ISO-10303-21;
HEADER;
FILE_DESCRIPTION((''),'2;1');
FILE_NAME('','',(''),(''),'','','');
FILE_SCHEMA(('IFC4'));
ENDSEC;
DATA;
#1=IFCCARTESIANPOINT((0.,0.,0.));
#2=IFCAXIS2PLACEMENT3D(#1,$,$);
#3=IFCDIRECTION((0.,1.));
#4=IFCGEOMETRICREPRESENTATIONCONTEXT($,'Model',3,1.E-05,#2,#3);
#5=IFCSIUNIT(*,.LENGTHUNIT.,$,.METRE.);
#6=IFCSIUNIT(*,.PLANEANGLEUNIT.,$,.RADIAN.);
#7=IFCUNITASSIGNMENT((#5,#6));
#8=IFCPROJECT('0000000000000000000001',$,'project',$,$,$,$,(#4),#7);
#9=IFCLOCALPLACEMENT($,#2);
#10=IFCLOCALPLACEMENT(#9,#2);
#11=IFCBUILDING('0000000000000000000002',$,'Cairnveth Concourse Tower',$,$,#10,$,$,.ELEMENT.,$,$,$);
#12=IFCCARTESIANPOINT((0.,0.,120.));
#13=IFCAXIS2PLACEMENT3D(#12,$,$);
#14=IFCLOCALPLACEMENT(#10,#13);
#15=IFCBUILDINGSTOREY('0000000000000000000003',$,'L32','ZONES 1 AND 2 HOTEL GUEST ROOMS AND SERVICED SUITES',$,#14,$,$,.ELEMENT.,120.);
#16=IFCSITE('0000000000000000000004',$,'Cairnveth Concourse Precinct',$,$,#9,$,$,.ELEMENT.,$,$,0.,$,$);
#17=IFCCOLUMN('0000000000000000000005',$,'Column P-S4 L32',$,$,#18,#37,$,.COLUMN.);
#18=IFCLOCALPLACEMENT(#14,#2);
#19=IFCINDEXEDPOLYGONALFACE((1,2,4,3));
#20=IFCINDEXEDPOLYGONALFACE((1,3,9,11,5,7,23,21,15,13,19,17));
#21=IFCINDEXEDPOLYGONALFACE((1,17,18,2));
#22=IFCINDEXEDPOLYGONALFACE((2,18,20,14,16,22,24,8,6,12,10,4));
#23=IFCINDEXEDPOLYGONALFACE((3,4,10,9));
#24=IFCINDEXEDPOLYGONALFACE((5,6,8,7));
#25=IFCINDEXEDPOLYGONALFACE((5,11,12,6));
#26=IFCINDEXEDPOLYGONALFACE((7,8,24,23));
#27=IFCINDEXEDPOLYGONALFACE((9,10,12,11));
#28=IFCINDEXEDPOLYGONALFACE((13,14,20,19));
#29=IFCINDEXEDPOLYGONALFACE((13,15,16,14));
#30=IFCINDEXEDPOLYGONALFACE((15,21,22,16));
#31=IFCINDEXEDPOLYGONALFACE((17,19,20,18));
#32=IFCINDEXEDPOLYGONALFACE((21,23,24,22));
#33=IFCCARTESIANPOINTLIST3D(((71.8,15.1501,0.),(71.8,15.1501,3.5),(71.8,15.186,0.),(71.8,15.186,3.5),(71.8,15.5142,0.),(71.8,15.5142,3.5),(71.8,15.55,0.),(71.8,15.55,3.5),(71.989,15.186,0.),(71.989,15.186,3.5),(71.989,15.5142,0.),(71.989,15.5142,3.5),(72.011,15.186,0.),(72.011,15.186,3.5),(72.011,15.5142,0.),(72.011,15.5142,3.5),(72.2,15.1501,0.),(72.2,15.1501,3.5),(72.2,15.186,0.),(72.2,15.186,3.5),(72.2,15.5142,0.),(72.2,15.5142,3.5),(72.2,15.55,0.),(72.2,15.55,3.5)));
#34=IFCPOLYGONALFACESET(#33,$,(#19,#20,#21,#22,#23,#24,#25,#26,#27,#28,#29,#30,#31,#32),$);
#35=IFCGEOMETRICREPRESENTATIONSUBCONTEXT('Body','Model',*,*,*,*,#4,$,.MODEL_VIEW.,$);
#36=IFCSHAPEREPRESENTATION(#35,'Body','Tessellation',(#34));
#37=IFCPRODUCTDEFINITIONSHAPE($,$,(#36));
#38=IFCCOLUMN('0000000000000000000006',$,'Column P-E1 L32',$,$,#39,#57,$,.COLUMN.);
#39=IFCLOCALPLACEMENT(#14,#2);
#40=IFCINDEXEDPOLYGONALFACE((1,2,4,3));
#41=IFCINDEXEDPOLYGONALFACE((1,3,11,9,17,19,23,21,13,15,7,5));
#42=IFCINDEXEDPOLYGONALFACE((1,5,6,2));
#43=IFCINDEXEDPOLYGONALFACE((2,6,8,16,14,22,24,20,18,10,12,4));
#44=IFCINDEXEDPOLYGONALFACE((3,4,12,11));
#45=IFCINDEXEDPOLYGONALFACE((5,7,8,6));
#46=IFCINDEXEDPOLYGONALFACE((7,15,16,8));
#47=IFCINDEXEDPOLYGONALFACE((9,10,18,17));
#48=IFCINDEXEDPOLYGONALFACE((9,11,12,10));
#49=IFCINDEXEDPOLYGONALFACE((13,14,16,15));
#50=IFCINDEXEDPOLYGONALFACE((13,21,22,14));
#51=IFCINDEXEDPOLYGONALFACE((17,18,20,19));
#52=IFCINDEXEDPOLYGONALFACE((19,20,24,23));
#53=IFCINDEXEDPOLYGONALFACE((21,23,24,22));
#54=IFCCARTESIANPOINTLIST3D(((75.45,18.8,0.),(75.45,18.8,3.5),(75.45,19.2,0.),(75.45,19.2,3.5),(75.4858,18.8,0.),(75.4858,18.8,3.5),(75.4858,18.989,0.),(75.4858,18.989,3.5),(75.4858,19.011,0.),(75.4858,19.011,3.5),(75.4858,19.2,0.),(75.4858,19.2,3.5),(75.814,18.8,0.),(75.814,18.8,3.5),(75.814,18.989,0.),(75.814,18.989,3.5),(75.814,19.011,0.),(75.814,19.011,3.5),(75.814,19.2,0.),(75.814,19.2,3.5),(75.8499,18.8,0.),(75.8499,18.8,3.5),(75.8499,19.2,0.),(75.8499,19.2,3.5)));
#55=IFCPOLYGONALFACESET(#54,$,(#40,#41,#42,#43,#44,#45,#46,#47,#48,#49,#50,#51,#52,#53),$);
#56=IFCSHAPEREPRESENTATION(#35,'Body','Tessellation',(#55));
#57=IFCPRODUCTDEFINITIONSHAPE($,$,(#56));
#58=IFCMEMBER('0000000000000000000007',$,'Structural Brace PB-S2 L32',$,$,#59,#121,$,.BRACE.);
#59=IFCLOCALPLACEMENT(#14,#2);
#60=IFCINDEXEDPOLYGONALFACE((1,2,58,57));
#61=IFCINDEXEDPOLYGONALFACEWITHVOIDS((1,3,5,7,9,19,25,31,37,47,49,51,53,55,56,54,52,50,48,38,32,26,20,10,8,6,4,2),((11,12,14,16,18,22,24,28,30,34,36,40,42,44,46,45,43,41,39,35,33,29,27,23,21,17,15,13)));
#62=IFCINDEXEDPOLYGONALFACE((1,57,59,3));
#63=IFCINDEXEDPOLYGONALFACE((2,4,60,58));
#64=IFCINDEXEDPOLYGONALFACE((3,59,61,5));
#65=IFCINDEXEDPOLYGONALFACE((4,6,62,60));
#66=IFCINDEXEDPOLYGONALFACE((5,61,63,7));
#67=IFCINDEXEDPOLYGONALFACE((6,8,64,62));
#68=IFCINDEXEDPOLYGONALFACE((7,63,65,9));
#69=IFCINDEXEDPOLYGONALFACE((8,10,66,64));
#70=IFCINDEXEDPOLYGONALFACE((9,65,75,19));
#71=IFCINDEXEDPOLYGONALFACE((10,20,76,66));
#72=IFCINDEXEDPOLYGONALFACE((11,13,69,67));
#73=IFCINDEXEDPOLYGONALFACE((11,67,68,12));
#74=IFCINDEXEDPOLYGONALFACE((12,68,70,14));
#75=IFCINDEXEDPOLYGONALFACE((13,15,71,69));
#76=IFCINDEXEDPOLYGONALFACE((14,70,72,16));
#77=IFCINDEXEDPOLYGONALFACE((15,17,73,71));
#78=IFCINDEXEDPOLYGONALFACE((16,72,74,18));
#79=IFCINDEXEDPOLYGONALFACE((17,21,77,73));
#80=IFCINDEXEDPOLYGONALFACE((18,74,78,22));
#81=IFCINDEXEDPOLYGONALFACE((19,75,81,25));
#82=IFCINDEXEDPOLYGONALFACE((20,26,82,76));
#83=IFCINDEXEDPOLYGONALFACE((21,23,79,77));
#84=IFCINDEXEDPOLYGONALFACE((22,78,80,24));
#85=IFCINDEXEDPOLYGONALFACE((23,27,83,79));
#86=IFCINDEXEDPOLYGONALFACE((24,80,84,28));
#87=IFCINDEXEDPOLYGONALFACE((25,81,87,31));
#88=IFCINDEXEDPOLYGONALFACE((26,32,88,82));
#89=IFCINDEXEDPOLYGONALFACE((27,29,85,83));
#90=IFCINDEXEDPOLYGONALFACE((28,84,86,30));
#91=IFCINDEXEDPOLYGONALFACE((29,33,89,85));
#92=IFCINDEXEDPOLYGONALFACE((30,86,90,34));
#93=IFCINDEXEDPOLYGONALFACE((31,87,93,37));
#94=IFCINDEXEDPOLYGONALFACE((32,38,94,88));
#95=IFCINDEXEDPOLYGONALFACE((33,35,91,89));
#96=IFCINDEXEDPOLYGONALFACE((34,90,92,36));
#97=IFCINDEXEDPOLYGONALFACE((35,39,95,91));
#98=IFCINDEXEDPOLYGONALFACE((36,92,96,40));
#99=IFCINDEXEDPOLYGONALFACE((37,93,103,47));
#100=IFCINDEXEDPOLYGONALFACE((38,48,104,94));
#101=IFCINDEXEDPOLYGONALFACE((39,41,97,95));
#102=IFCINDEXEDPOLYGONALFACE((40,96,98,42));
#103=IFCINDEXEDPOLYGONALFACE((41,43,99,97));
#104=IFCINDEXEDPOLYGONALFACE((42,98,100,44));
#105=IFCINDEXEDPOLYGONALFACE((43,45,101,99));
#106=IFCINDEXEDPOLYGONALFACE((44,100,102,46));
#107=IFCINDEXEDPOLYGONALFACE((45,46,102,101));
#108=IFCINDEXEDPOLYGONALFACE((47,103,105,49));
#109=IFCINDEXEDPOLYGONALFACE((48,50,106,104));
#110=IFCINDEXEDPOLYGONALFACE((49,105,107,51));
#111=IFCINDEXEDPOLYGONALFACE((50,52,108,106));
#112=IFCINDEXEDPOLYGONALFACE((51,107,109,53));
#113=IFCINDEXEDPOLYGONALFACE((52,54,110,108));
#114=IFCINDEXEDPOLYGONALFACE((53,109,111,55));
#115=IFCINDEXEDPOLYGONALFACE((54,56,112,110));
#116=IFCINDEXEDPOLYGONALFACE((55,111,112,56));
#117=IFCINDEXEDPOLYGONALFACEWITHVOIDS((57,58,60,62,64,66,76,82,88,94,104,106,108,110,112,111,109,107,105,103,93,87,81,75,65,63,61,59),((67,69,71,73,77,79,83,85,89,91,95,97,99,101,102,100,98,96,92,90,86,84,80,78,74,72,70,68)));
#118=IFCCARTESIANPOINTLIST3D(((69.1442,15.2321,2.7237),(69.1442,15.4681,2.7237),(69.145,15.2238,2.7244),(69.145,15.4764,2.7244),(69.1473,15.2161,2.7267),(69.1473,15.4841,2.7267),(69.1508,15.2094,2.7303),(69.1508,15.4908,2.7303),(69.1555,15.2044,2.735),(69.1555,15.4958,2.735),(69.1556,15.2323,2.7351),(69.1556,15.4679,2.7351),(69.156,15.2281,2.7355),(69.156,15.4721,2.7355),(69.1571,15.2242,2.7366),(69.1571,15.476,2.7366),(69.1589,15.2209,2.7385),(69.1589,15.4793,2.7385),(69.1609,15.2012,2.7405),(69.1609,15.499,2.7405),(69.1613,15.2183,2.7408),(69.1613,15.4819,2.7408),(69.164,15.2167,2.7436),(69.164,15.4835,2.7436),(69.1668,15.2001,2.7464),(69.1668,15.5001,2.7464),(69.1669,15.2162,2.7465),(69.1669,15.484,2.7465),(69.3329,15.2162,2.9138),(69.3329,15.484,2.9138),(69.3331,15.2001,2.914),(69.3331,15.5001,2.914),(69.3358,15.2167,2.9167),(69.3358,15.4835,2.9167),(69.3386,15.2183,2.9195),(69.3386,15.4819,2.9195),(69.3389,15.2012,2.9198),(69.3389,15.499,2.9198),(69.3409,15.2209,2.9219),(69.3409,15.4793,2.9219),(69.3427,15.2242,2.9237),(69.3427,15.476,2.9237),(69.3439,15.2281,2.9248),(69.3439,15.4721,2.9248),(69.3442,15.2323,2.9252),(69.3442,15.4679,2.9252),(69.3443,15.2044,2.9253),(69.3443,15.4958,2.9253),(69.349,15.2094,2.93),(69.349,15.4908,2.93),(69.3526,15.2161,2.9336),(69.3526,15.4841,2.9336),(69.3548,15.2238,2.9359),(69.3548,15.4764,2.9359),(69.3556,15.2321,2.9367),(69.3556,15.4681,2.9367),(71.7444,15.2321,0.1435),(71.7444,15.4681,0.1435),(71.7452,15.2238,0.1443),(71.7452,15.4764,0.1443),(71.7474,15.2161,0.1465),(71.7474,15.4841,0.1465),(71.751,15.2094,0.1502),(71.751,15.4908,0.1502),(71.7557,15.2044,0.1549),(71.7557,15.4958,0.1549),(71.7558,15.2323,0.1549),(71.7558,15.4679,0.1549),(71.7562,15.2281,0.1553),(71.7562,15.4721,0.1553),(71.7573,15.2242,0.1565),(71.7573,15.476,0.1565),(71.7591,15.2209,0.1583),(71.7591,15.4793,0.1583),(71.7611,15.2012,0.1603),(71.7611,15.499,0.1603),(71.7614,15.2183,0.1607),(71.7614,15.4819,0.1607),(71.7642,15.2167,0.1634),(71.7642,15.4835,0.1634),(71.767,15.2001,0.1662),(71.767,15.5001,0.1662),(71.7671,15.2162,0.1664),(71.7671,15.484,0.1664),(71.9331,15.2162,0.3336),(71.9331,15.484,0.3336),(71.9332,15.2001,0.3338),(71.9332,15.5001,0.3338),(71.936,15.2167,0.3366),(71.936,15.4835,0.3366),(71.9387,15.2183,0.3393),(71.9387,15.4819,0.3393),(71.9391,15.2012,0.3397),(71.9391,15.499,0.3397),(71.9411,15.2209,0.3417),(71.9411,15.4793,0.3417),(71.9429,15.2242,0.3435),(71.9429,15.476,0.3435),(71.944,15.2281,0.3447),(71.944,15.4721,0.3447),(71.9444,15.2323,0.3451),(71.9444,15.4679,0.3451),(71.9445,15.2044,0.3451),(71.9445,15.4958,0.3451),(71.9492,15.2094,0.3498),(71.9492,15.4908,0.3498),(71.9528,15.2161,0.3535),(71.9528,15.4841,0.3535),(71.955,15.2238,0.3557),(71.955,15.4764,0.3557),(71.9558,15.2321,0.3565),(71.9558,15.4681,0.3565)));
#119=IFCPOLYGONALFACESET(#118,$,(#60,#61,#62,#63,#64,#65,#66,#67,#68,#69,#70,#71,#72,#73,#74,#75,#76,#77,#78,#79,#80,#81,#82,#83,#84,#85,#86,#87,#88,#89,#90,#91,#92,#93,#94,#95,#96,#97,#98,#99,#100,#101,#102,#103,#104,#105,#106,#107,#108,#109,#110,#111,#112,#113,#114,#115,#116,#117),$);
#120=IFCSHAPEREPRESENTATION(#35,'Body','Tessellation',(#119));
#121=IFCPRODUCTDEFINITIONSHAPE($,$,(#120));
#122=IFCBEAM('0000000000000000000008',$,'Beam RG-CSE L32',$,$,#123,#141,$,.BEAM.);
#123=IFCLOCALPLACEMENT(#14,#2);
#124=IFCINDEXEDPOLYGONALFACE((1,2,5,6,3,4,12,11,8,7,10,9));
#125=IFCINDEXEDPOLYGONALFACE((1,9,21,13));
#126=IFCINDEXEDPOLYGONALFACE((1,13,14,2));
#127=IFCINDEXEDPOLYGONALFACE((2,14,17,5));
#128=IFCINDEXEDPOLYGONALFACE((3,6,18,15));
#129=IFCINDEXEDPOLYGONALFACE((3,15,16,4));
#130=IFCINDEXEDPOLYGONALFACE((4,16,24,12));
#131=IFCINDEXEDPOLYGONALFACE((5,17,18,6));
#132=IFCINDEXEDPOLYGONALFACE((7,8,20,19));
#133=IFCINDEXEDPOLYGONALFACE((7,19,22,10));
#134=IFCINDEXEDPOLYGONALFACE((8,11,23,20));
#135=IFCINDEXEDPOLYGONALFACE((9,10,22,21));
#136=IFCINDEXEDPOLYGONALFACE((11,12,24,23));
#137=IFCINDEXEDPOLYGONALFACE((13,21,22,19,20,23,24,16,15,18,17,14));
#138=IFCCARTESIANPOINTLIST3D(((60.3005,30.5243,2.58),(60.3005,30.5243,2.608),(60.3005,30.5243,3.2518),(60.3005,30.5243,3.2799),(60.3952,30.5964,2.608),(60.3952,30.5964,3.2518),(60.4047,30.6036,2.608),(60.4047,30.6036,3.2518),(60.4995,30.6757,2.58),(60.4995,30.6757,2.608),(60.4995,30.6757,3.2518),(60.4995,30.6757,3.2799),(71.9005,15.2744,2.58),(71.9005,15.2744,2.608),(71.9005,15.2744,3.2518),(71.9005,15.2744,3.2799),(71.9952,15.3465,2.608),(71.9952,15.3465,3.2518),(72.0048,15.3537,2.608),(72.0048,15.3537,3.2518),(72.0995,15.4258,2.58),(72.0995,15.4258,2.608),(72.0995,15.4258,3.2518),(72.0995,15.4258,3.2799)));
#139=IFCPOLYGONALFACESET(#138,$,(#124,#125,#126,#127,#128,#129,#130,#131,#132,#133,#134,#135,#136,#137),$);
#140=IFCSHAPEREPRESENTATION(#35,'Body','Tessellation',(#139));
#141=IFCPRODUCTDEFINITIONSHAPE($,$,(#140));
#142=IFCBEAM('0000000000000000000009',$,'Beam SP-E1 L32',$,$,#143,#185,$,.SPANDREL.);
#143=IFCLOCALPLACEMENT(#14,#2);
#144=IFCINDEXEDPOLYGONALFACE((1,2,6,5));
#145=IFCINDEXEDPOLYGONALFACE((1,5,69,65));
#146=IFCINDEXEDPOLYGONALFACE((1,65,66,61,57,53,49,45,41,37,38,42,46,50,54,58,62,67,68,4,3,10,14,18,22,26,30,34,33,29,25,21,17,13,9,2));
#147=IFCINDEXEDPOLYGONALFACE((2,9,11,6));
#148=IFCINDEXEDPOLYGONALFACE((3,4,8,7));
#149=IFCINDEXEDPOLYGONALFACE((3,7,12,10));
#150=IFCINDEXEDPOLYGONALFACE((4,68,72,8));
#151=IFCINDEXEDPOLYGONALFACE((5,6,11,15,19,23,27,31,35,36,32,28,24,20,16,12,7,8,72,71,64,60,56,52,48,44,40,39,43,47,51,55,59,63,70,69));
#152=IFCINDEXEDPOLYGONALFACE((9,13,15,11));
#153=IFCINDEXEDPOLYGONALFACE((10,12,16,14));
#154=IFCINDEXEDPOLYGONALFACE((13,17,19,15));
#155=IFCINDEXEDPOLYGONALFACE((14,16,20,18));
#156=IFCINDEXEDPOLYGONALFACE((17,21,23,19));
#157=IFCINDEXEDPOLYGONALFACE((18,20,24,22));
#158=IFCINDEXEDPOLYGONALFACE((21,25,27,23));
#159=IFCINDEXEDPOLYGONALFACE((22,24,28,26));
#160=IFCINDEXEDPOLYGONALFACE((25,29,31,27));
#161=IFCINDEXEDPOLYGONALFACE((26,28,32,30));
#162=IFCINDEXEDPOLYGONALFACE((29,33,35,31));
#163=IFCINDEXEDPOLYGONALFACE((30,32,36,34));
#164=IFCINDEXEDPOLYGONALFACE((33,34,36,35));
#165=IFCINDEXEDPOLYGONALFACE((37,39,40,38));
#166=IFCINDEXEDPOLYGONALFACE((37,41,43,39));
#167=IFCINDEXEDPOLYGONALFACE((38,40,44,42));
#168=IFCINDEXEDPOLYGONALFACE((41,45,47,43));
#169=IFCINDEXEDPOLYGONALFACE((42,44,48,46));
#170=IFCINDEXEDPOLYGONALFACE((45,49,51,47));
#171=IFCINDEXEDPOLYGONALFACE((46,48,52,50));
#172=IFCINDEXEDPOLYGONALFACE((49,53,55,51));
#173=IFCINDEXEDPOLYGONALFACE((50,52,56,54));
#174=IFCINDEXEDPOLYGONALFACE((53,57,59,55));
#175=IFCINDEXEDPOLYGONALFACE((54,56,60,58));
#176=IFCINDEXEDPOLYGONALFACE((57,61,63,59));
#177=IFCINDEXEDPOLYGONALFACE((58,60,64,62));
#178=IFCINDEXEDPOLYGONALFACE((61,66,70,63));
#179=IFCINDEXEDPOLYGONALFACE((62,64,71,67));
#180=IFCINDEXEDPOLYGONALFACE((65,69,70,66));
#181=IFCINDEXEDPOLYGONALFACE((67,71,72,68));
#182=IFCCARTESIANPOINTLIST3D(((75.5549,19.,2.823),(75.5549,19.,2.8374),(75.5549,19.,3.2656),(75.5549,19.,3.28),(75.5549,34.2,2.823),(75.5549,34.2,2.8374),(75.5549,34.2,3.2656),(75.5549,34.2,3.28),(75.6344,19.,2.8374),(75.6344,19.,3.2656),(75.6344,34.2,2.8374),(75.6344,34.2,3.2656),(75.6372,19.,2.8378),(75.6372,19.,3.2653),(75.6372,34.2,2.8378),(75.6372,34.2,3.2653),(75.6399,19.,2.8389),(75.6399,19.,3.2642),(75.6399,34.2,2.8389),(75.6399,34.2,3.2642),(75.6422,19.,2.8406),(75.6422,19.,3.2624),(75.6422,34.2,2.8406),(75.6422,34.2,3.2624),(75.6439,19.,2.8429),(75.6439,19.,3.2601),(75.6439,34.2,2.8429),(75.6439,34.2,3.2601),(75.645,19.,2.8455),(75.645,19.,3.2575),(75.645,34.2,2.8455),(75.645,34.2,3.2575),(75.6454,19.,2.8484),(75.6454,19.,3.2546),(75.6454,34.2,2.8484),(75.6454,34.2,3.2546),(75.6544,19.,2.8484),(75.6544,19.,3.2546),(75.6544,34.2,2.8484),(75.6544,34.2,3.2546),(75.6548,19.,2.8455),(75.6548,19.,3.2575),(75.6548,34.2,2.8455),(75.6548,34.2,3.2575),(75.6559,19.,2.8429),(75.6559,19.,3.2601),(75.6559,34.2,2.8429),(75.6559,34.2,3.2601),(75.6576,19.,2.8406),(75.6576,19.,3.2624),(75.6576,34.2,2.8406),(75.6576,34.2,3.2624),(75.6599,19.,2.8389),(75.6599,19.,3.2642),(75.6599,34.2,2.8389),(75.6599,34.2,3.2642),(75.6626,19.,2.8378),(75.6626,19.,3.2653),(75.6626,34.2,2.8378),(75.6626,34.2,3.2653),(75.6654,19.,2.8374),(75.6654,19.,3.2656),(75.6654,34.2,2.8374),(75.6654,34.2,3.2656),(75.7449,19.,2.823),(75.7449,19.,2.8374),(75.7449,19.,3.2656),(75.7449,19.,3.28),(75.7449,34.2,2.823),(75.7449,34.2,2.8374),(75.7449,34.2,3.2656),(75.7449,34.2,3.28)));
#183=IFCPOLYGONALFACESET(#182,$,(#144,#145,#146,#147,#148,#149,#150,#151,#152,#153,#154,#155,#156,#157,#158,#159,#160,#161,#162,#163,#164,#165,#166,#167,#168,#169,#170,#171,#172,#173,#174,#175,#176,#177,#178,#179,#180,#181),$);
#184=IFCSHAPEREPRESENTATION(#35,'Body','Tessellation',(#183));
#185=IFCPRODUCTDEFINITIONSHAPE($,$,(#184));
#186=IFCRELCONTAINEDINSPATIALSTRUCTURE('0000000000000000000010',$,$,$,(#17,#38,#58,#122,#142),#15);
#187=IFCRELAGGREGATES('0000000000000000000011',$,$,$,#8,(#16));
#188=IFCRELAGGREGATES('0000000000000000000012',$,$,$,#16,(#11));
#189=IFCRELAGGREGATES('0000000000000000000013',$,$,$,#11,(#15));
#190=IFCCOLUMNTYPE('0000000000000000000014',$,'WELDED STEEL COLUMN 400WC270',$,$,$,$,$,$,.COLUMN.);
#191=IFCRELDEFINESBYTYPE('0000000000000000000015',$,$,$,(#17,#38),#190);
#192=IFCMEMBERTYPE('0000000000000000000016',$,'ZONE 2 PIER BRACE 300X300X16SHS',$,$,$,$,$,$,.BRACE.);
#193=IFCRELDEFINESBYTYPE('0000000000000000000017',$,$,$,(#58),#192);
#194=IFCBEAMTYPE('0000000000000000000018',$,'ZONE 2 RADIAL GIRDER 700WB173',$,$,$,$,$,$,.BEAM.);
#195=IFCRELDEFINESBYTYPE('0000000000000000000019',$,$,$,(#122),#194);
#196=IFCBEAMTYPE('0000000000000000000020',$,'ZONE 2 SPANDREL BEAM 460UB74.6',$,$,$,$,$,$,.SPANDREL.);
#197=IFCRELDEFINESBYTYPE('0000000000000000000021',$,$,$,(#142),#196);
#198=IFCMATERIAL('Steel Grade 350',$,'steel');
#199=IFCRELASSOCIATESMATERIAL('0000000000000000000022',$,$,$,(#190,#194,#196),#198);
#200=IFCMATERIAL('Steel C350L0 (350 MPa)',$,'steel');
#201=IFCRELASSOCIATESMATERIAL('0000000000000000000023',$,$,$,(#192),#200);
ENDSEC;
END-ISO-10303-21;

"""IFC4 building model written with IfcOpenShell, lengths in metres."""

from ifc_helpers import new_model, si_unit, direction, frame, origin, origin_2d, place, context, subcontext, project, spatial, hollow_rectangle, i_section, extrude, material, material_profile, profile_set, type_object, element, save


model = new_model("IFC4")

# Units and contexts
model_context = context("Model", 3, precision=1e-05, world=origin(), true_north=direction((0.0, 1.0)))
body_context = subcontext(model_context, "Body", "Model", "MODEL_VIEW")
ifc_project = project(units=[si_unit("LENGTHUNIT", "METRE"), si_unit("PLANEANGLEUNIT", "RADIAN")], contexts=[model_context])

# Site, building, storey
site_placement = place(None, origin())
site = spatial("IfcSite", under=ifc_project, at=site_placement, Name="Cairnveth Concourse Precinct", CompositionType="ELEMENT", RefElevation=0.0)
building_placement = place(site_placement, origin())
building = spatial("IfcBuilding", under=site, at=building_placement, Name="Cairnveth Concourse Tower", CompositionType="ELEMENT")
storey_placement = place(building_placement, frame((0.0, 0.0, 120.0)))
storey = spatial("IfcBuildingStorey", under=building, at=storey_placement, Name="L32", Description="ZONES 1 AND 2 HOTEL GUEST ROOMS AND SERVICED SUITES", CompositionType="ELEMENT", Elevation=120.0)

# Columns
ifc_material_1 = material(Name="Steel Grade 350", Category="steel")
ifc_material_profile_1 = material_profile(ifc_material_1, i_section(OverallWidth=0.3999, OverallDepth=0.3999, WebThickness=0.022, FlangeThickness=0.0359, at=origin_2d()), Name="400WC270")
ifc_profile_set_1 = profile_set([ifc_material_profile_1], Name="Steel Grade 350")
column_type = type_object("IfcColumnType", Name="WELDED STEEL COLUMN 400WC270", PredefinedType="COLUMN", material=ifc_profile_set_1)
for number, where, z_axis, x_axis, name in (
    (1, (72.0, 15.3501, 0.0), (0.0, 0.0, 1.0), (1.0, 0.0, 0.0), "Column P-S4 L32"),
    (2, (75.6499, 19.0, 0.0), (0.0, 0.0, 1.0), (0.0, 1.0, 0.0), "Column P-E1 L32"),
):
    element("IfcColumn", number, at=place(storey_placement, frame(where, z_axis=z_axis, x_axis=x_axis)), inside=storey, type_object=column_type, Name=name, PredefinedType="COLUMN", context=body_context, shape_type="SweptSolid", body=[
        extrude(i_section(OverallWidth=0.3999, OverallDepth=0.3999, WebThickness=0.022, FlangeThickness=0.0359, at=origin_2d()), origin(), (0.0, 0.0, 1.0), 3.5),
    ])

# Member
ifc_material_2 = material(Name="Steel C350L0 (350 MPa)", Category="steel")
ifc_material_profile_2 = material_profile(ifc_material_2, hollow_rectangle(XDim=0.3, YDim=0.3, WallThickness=0.0161, InnerFilletRadius=0.0161, OuterFilletRadius=0.032, at=origin_2d()), Name="300x300x16.0SHS")
ifc_profile_set_2 = profile_set([ifc_material_profile_2], Name="Steel C350L0 (350 MPa)")
member_type = type_object("IfcMemberType", Name="ZONE 2 PIER BRACE 300X300X16SHS", PredefinedType="BRACE", material=ifc_profile_set_2)
member_placement = place(storey_placement, frame((71.8501, 15.3501, 0.25), z_axis=(-0.709834, 0.0, 0.704369), x_axis=(0.0, -1.0, 0.0)))
element("IfcMember", 3, at=member_placement, inside=storey, type_object=member_type, Name="Structural Brace PB-S2 L32", PredefinedType="BRACE", context=body_context, shape_type="SweptSolid", body=[
    extrude(hollow_rectangle(XDim=0.3, YDim=0.3, WallThickness=0.0161, InnerFilletRadius=0.0161, OuterFilletRadius=0.032, at=origin_2d()), origin(), (0.0, 0.0, 1.0), 3.6631),
])

# Beams
ifc_material_profile_3 = material_profile(ifc_material_1, i_section(OverallWidth=0.25, OverallDepth=0.7, WebThickness=0.012, FlangeThickness=0.0281, at=origin_2d()), Name="700WB173")
ifc_profile_set_3 = profile_set([ifc_material_profile_3], Name="Steel Grade 350")
beam_type_1 = type_object("IfcBeamType", Name="ZONE 2 RADIAL GIRDER 700WB173", PredefinedType="BEAM", material=ifc_profile_set_3)
beam_1_placement = place(storey_placement, frame((72.0, 15.3501, 2.9299), z_axis=(-0.605417, 0.795908, 0.0), x_axis=(-0.795908, -0.605417, 0.0)))
element("IfcBeam", 4, at=beam_1_placement, inside=storey, type_object=beam_type_1, Name="Beam RG-CSE L32", PredefinedType="BEAM", context=body_context, shape_type="SweptSolid", body=[
    extrude(i_section(OverallWidth=0.25, OverallDepth=0.7, WebThickness=0.012, FlangeThickness=0.0281, at=origin_2d()), origin(), (0.0, 0.0, 1.0), 19.1604),
])
ifc_material_profile_4 = material_profile(ifc_material_1, i_section(OverallWidth=0.1899, OverallDepth=0.457, WebThickness=0.009, FlangeThickness=0.0144, FilletRadius=0.011, at=origin_2d()), Name="460UB74.6")
ifc_profile_set_4 = profile_set([ifc_material_profile_4], Name="Steel Grade 350")
beam_type_2 = type_object("IfcBeamType", Name="ZONE 2 SPANDREL BEAM 460UB74.6", PredefinedType="SPANDREL", material=ifc_profile_set_4)
beam_2_placement = place(storey_placement, frame((75.6499, 19.0, 3.0515), z_axis=(0.0, 1.0, 0.0), x_axis=(-1.0, 0.0, 0.0)))
element("IfcBeam", 5, at=beam_2_placement, inside=storey, type_object=beam_type_2, Name="Beam SP-E1 L32", PredefinedType="SPANDREL", context=body_context, shape_type="SweptSolid", body=[
    extrude(i_section(OverallWidth=0.1899, OverallDepth=0.457, WebThickness=0.009, FlangeThickness=0.0144, FilletRadius=0.011, at=origin_2d()), origin(), (0.0, 0.0, 1.0), 15.2),
])

save(model, "model.ifc")
